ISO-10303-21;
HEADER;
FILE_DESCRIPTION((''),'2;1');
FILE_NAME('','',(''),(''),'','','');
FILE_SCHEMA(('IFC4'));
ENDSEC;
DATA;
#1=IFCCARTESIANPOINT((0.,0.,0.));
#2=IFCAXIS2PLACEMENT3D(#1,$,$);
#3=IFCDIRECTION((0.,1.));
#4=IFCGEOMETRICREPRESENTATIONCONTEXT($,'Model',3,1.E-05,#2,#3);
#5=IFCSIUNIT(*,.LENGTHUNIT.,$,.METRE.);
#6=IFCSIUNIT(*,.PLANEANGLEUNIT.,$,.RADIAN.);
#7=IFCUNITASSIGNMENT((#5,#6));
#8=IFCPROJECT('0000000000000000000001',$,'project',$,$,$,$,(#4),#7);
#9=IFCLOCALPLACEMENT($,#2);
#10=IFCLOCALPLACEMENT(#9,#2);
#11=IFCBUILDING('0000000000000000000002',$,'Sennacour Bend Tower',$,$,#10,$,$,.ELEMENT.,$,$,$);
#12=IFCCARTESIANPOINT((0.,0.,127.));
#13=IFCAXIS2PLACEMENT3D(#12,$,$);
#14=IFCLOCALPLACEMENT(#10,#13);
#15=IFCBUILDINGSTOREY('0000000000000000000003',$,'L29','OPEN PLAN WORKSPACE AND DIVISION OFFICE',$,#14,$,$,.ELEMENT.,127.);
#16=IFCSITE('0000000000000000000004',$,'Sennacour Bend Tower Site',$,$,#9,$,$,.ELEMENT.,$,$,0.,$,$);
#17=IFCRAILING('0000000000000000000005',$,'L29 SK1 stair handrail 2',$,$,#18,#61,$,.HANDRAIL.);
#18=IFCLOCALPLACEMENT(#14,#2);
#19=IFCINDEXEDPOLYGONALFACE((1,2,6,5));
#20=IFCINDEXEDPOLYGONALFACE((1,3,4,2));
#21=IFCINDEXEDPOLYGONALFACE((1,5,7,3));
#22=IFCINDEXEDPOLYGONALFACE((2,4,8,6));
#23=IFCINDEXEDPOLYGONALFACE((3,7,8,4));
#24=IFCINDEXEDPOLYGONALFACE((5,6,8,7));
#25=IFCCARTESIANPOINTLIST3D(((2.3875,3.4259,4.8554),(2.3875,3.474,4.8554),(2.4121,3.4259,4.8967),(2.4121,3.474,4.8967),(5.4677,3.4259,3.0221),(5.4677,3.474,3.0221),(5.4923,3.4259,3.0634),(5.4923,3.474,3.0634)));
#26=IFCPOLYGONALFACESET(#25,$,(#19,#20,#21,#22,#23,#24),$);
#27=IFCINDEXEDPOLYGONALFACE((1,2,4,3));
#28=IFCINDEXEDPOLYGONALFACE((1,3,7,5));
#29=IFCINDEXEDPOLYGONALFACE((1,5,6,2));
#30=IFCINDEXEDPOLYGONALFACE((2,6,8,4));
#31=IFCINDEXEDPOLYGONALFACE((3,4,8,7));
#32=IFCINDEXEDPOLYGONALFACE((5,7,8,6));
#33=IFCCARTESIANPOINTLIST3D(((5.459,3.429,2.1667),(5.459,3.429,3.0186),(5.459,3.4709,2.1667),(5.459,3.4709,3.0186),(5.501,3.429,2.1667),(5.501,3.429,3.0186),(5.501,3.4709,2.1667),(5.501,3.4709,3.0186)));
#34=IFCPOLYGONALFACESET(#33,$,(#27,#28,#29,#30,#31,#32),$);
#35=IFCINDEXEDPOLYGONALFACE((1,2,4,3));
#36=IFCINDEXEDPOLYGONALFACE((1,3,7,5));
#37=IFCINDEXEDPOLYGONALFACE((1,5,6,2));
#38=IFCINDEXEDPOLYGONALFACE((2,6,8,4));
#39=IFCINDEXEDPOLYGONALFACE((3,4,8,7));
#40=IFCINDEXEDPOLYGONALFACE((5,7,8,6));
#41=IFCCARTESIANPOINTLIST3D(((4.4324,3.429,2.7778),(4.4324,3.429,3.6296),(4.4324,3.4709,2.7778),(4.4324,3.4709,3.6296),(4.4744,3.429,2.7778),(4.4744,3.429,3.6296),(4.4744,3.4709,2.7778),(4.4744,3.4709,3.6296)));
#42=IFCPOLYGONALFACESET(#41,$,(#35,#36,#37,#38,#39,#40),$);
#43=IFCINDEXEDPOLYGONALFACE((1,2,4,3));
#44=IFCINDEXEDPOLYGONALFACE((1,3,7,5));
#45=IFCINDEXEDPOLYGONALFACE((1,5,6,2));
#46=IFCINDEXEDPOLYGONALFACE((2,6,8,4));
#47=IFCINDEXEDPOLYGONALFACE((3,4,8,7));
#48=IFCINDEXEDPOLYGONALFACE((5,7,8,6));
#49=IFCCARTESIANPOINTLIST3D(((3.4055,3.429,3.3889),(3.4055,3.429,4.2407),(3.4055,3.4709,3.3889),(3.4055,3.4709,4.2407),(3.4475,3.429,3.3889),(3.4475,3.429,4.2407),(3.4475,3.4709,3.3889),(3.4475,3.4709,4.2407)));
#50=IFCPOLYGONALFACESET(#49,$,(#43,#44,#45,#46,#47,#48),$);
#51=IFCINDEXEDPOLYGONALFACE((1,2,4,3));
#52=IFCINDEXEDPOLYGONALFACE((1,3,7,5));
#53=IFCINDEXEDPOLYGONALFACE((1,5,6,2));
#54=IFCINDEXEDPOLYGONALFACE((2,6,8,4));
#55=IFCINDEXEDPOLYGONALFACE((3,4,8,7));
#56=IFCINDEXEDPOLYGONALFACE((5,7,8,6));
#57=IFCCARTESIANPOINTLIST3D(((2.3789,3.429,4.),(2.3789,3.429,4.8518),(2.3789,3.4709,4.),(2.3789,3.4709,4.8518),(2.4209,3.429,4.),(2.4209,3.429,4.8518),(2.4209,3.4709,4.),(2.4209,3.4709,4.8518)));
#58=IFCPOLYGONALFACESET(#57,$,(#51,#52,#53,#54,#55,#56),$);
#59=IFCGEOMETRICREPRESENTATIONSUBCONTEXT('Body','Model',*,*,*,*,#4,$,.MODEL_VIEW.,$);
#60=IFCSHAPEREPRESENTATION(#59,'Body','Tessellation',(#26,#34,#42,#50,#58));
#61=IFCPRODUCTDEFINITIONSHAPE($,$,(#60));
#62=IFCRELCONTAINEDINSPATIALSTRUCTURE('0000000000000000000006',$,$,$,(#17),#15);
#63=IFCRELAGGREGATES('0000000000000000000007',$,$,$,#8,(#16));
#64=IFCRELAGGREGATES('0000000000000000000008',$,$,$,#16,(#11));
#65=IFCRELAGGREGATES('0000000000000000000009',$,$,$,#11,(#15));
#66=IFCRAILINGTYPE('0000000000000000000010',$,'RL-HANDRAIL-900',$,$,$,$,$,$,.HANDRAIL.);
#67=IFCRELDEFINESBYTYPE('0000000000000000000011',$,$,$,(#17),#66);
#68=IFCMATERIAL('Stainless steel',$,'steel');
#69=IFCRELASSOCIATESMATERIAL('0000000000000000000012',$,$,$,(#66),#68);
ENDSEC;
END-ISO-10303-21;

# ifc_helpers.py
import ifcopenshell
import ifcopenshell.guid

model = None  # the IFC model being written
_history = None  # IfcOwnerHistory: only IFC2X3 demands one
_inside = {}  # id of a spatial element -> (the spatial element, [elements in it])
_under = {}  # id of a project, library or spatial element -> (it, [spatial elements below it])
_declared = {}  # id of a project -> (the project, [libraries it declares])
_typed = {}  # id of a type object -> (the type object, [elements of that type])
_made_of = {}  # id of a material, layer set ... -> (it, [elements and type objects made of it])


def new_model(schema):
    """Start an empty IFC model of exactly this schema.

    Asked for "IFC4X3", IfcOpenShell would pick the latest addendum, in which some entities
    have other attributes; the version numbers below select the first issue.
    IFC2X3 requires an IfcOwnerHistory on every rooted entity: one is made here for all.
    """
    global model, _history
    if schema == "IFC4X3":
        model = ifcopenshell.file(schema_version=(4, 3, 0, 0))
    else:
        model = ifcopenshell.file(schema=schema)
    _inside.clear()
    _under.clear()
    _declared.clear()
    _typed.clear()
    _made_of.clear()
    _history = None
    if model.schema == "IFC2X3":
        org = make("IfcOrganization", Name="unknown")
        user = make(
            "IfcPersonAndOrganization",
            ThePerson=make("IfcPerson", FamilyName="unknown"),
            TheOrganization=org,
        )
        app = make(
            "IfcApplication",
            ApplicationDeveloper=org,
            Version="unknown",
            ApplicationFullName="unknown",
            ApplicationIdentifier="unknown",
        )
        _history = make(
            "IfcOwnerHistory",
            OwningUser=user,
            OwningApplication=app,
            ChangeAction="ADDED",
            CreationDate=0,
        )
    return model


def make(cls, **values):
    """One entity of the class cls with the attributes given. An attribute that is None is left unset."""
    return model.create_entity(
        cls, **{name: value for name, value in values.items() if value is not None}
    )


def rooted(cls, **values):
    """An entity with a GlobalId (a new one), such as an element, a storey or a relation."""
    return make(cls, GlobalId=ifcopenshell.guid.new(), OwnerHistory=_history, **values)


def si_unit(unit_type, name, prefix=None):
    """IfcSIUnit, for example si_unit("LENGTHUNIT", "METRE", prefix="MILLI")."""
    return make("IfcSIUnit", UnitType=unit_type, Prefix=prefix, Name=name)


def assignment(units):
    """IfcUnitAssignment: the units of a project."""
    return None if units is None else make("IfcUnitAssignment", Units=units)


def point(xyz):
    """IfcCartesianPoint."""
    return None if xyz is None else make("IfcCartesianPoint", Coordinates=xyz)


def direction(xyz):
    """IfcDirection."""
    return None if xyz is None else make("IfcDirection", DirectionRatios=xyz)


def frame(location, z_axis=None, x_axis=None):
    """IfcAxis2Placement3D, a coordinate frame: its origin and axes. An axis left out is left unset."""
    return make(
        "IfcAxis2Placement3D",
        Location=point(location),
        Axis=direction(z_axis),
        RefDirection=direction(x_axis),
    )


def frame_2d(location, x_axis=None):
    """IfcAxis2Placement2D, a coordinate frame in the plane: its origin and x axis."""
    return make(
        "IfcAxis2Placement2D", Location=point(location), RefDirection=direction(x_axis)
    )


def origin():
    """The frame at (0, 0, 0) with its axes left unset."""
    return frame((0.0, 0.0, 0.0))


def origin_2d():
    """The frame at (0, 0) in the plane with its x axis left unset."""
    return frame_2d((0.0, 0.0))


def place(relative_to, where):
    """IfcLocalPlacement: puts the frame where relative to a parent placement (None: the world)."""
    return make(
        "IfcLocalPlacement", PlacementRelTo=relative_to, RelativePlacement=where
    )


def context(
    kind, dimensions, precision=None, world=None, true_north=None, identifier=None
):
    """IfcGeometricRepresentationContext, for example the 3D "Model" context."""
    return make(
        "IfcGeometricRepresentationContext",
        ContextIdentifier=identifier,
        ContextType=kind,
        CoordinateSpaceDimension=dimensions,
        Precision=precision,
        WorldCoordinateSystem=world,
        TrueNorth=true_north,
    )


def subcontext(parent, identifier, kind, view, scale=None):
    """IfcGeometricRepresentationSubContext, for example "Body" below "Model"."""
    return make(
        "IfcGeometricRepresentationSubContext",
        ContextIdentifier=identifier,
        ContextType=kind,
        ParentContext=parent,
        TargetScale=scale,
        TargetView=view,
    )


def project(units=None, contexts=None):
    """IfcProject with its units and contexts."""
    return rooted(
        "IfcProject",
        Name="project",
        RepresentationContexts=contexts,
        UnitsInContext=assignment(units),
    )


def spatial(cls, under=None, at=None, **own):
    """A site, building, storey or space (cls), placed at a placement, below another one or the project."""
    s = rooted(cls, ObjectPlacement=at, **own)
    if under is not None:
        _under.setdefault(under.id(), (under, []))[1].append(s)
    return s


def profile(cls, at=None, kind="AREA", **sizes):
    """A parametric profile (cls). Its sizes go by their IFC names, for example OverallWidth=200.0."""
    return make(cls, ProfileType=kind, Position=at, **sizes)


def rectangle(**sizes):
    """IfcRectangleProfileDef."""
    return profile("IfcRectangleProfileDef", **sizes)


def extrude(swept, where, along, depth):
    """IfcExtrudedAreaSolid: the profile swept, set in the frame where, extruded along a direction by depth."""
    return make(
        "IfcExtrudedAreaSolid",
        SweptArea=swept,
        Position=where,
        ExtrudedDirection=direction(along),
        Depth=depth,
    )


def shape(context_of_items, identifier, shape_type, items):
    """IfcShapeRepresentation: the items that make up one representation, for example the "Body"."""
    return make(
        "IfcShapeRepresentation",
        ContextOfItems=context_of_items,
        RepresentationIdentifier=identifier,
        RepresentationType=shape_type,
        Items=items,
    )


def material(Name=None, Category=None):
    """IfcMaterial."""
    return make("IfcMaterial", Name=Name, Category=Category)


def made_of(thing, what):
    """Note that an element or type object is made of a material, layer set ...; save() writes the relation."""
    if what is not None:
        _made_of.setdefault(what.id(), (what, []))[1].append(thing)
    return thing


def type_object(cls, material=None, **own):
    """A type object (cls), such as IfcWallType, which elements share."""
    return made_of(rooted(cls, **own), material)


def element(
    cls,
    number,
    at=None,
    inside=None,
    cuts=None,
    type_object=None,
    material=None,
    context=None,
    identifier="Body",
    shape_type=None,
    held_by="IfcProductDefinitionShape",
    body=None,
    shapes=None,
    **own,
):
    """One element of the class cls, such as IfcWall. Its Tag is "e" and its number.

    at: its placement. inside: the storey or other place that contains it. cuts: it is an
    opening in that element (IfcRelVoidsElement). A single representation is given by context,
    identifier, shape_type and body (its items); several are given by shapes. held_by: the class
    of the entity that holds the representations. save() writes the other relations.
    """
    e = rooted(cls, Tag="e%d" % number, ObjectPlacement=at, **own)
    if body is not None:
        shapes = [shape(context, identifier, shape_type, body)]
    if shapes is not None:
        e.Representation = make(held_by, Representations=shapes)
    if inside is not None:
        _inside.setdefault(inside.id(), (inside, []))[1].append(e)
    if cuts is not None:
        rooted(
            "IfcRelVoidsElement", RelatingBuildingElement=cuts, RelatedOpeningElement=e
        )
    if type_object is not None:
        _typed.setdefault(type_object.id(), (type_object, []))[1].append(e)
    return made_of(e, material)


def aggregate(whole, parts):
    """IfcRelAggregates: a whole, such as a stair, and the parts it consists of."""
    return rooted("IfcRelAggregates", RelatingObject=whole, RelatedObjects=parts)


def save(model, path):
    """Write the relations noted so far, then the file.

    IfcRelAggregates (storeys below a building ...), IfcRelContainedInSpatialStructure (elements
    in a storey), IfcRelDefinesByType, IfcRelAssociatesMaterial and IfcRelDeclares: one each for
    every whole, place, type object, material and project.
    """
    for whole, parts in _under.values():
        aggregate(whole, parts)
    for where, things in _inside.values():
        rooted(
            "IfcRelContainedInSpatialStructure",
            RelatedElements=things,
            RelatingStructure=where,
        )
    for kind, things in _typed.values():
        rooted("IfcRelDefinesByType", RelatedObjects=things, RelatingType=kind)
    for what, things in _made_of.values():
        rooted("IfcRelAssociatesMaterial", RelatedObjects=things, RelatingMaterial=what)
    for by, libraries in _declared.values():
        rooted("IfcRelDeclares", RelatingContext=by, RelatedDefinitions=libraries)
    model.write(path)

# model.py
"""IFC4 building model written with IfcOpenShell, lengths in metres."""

from ifc_helpers import new_model, si_unit, direction, frame, origin, origin_2d, place, context, subcontext, project, spatial, rectangle, extrude, material, type_object, element, save


model = new_model("IFC4")

# Units and contexts
model_context = context("Model", 3, precision=1e-05, world=origin(), true_north=direction((0.0, 1.0)))
body_context = subcontext(model_context, "Body", "Model", "MODEL_VIEW")
ifc_project = project(units=[si_unit("LENGTHUNIT", "METRE"), si_unit("PLANEANGLEUNIT", "RADIAN")], contexts=[model_context])

# Site, building, storey
site_placement = place(None, origin())
site = spatial("IfcSite", under=ifc_project, at=site_placement, Name="Sennacour Bend Tower Site", CompositionType="ELEMENT", RefElevation=0.0)
building_placement = place(site_placement, origin())
building = spatial("IfcBuilding", under=site, at=building_placement, Name="Sennacour Bend Tower", CompositionType="ELEMENT")
storey_placement = place(building_placement, frame((0.0, 0.0, 127.0)))
storey = spatial("IfcBuildingStorey", under=building, at=storey_placement, Name="L29", Description="OPEN PLAN WORKSPACE AND DIVISION OFFICE", CompositionType="ELEMENT", Elevation=127.0)

# Railing
ifc_material_1 = material(Name="Stainless steel", Category="steel")
railing_type_1 = type_object("IfcRailingType", Name="RL-HANDRAIL-900", PredefinedType="HANDRAIL", material=ifc_material_1)
railing_1_placement = place(storey_placement, frame((5.48, 3.45, 2.1667)))
element("IfcRailing", 1, at=railing_1_placement, inside=storey, type_object=railing_type_1, Name="L29 SK1 stair handrail 2", PredefinedType="HANDRAIL", context=body_context, shape_type="SweptSolid", body=[
    extrude(rectangle(XDim=0.0481, YDim=0.0481, at=origin_2d()), frame((0.0, 0.0, 0.876), z_axis=(-0.859309, 0.0, 0.511458), x_axis=(0.0, -1.0, 0.0)), (0.0, 0.0, 1.0), 3.5845),
    extrude(rectangle(XDim=0.042, YDim=0.042, at=origin_2d()), origin(), (0.0, 0.0, 1.0), 0.8518),
    extrude(rectangle(XDim=0.042, YDim=0.042, at=origin_2d()), frame((-1.0266, 0.0, 0.6111)), (0.0, 0.0, 1.0), 0.8518),
    extrude(rectangle(XDim=0.042, YDim=0.042, at=origin_2d()), frame((-2.0535, 0.0, 1.2222)), (0.0, 0.0, 1.0), 0.8518),
    extrude(rectangle(XDim=0.042, YDim=0.042, at=origin_2d()), frame((-3.0801, 0.0, 1.8333)), (0.0, 0.0, 1.0), 0.8518),
])

save(model, "model.ifc")
